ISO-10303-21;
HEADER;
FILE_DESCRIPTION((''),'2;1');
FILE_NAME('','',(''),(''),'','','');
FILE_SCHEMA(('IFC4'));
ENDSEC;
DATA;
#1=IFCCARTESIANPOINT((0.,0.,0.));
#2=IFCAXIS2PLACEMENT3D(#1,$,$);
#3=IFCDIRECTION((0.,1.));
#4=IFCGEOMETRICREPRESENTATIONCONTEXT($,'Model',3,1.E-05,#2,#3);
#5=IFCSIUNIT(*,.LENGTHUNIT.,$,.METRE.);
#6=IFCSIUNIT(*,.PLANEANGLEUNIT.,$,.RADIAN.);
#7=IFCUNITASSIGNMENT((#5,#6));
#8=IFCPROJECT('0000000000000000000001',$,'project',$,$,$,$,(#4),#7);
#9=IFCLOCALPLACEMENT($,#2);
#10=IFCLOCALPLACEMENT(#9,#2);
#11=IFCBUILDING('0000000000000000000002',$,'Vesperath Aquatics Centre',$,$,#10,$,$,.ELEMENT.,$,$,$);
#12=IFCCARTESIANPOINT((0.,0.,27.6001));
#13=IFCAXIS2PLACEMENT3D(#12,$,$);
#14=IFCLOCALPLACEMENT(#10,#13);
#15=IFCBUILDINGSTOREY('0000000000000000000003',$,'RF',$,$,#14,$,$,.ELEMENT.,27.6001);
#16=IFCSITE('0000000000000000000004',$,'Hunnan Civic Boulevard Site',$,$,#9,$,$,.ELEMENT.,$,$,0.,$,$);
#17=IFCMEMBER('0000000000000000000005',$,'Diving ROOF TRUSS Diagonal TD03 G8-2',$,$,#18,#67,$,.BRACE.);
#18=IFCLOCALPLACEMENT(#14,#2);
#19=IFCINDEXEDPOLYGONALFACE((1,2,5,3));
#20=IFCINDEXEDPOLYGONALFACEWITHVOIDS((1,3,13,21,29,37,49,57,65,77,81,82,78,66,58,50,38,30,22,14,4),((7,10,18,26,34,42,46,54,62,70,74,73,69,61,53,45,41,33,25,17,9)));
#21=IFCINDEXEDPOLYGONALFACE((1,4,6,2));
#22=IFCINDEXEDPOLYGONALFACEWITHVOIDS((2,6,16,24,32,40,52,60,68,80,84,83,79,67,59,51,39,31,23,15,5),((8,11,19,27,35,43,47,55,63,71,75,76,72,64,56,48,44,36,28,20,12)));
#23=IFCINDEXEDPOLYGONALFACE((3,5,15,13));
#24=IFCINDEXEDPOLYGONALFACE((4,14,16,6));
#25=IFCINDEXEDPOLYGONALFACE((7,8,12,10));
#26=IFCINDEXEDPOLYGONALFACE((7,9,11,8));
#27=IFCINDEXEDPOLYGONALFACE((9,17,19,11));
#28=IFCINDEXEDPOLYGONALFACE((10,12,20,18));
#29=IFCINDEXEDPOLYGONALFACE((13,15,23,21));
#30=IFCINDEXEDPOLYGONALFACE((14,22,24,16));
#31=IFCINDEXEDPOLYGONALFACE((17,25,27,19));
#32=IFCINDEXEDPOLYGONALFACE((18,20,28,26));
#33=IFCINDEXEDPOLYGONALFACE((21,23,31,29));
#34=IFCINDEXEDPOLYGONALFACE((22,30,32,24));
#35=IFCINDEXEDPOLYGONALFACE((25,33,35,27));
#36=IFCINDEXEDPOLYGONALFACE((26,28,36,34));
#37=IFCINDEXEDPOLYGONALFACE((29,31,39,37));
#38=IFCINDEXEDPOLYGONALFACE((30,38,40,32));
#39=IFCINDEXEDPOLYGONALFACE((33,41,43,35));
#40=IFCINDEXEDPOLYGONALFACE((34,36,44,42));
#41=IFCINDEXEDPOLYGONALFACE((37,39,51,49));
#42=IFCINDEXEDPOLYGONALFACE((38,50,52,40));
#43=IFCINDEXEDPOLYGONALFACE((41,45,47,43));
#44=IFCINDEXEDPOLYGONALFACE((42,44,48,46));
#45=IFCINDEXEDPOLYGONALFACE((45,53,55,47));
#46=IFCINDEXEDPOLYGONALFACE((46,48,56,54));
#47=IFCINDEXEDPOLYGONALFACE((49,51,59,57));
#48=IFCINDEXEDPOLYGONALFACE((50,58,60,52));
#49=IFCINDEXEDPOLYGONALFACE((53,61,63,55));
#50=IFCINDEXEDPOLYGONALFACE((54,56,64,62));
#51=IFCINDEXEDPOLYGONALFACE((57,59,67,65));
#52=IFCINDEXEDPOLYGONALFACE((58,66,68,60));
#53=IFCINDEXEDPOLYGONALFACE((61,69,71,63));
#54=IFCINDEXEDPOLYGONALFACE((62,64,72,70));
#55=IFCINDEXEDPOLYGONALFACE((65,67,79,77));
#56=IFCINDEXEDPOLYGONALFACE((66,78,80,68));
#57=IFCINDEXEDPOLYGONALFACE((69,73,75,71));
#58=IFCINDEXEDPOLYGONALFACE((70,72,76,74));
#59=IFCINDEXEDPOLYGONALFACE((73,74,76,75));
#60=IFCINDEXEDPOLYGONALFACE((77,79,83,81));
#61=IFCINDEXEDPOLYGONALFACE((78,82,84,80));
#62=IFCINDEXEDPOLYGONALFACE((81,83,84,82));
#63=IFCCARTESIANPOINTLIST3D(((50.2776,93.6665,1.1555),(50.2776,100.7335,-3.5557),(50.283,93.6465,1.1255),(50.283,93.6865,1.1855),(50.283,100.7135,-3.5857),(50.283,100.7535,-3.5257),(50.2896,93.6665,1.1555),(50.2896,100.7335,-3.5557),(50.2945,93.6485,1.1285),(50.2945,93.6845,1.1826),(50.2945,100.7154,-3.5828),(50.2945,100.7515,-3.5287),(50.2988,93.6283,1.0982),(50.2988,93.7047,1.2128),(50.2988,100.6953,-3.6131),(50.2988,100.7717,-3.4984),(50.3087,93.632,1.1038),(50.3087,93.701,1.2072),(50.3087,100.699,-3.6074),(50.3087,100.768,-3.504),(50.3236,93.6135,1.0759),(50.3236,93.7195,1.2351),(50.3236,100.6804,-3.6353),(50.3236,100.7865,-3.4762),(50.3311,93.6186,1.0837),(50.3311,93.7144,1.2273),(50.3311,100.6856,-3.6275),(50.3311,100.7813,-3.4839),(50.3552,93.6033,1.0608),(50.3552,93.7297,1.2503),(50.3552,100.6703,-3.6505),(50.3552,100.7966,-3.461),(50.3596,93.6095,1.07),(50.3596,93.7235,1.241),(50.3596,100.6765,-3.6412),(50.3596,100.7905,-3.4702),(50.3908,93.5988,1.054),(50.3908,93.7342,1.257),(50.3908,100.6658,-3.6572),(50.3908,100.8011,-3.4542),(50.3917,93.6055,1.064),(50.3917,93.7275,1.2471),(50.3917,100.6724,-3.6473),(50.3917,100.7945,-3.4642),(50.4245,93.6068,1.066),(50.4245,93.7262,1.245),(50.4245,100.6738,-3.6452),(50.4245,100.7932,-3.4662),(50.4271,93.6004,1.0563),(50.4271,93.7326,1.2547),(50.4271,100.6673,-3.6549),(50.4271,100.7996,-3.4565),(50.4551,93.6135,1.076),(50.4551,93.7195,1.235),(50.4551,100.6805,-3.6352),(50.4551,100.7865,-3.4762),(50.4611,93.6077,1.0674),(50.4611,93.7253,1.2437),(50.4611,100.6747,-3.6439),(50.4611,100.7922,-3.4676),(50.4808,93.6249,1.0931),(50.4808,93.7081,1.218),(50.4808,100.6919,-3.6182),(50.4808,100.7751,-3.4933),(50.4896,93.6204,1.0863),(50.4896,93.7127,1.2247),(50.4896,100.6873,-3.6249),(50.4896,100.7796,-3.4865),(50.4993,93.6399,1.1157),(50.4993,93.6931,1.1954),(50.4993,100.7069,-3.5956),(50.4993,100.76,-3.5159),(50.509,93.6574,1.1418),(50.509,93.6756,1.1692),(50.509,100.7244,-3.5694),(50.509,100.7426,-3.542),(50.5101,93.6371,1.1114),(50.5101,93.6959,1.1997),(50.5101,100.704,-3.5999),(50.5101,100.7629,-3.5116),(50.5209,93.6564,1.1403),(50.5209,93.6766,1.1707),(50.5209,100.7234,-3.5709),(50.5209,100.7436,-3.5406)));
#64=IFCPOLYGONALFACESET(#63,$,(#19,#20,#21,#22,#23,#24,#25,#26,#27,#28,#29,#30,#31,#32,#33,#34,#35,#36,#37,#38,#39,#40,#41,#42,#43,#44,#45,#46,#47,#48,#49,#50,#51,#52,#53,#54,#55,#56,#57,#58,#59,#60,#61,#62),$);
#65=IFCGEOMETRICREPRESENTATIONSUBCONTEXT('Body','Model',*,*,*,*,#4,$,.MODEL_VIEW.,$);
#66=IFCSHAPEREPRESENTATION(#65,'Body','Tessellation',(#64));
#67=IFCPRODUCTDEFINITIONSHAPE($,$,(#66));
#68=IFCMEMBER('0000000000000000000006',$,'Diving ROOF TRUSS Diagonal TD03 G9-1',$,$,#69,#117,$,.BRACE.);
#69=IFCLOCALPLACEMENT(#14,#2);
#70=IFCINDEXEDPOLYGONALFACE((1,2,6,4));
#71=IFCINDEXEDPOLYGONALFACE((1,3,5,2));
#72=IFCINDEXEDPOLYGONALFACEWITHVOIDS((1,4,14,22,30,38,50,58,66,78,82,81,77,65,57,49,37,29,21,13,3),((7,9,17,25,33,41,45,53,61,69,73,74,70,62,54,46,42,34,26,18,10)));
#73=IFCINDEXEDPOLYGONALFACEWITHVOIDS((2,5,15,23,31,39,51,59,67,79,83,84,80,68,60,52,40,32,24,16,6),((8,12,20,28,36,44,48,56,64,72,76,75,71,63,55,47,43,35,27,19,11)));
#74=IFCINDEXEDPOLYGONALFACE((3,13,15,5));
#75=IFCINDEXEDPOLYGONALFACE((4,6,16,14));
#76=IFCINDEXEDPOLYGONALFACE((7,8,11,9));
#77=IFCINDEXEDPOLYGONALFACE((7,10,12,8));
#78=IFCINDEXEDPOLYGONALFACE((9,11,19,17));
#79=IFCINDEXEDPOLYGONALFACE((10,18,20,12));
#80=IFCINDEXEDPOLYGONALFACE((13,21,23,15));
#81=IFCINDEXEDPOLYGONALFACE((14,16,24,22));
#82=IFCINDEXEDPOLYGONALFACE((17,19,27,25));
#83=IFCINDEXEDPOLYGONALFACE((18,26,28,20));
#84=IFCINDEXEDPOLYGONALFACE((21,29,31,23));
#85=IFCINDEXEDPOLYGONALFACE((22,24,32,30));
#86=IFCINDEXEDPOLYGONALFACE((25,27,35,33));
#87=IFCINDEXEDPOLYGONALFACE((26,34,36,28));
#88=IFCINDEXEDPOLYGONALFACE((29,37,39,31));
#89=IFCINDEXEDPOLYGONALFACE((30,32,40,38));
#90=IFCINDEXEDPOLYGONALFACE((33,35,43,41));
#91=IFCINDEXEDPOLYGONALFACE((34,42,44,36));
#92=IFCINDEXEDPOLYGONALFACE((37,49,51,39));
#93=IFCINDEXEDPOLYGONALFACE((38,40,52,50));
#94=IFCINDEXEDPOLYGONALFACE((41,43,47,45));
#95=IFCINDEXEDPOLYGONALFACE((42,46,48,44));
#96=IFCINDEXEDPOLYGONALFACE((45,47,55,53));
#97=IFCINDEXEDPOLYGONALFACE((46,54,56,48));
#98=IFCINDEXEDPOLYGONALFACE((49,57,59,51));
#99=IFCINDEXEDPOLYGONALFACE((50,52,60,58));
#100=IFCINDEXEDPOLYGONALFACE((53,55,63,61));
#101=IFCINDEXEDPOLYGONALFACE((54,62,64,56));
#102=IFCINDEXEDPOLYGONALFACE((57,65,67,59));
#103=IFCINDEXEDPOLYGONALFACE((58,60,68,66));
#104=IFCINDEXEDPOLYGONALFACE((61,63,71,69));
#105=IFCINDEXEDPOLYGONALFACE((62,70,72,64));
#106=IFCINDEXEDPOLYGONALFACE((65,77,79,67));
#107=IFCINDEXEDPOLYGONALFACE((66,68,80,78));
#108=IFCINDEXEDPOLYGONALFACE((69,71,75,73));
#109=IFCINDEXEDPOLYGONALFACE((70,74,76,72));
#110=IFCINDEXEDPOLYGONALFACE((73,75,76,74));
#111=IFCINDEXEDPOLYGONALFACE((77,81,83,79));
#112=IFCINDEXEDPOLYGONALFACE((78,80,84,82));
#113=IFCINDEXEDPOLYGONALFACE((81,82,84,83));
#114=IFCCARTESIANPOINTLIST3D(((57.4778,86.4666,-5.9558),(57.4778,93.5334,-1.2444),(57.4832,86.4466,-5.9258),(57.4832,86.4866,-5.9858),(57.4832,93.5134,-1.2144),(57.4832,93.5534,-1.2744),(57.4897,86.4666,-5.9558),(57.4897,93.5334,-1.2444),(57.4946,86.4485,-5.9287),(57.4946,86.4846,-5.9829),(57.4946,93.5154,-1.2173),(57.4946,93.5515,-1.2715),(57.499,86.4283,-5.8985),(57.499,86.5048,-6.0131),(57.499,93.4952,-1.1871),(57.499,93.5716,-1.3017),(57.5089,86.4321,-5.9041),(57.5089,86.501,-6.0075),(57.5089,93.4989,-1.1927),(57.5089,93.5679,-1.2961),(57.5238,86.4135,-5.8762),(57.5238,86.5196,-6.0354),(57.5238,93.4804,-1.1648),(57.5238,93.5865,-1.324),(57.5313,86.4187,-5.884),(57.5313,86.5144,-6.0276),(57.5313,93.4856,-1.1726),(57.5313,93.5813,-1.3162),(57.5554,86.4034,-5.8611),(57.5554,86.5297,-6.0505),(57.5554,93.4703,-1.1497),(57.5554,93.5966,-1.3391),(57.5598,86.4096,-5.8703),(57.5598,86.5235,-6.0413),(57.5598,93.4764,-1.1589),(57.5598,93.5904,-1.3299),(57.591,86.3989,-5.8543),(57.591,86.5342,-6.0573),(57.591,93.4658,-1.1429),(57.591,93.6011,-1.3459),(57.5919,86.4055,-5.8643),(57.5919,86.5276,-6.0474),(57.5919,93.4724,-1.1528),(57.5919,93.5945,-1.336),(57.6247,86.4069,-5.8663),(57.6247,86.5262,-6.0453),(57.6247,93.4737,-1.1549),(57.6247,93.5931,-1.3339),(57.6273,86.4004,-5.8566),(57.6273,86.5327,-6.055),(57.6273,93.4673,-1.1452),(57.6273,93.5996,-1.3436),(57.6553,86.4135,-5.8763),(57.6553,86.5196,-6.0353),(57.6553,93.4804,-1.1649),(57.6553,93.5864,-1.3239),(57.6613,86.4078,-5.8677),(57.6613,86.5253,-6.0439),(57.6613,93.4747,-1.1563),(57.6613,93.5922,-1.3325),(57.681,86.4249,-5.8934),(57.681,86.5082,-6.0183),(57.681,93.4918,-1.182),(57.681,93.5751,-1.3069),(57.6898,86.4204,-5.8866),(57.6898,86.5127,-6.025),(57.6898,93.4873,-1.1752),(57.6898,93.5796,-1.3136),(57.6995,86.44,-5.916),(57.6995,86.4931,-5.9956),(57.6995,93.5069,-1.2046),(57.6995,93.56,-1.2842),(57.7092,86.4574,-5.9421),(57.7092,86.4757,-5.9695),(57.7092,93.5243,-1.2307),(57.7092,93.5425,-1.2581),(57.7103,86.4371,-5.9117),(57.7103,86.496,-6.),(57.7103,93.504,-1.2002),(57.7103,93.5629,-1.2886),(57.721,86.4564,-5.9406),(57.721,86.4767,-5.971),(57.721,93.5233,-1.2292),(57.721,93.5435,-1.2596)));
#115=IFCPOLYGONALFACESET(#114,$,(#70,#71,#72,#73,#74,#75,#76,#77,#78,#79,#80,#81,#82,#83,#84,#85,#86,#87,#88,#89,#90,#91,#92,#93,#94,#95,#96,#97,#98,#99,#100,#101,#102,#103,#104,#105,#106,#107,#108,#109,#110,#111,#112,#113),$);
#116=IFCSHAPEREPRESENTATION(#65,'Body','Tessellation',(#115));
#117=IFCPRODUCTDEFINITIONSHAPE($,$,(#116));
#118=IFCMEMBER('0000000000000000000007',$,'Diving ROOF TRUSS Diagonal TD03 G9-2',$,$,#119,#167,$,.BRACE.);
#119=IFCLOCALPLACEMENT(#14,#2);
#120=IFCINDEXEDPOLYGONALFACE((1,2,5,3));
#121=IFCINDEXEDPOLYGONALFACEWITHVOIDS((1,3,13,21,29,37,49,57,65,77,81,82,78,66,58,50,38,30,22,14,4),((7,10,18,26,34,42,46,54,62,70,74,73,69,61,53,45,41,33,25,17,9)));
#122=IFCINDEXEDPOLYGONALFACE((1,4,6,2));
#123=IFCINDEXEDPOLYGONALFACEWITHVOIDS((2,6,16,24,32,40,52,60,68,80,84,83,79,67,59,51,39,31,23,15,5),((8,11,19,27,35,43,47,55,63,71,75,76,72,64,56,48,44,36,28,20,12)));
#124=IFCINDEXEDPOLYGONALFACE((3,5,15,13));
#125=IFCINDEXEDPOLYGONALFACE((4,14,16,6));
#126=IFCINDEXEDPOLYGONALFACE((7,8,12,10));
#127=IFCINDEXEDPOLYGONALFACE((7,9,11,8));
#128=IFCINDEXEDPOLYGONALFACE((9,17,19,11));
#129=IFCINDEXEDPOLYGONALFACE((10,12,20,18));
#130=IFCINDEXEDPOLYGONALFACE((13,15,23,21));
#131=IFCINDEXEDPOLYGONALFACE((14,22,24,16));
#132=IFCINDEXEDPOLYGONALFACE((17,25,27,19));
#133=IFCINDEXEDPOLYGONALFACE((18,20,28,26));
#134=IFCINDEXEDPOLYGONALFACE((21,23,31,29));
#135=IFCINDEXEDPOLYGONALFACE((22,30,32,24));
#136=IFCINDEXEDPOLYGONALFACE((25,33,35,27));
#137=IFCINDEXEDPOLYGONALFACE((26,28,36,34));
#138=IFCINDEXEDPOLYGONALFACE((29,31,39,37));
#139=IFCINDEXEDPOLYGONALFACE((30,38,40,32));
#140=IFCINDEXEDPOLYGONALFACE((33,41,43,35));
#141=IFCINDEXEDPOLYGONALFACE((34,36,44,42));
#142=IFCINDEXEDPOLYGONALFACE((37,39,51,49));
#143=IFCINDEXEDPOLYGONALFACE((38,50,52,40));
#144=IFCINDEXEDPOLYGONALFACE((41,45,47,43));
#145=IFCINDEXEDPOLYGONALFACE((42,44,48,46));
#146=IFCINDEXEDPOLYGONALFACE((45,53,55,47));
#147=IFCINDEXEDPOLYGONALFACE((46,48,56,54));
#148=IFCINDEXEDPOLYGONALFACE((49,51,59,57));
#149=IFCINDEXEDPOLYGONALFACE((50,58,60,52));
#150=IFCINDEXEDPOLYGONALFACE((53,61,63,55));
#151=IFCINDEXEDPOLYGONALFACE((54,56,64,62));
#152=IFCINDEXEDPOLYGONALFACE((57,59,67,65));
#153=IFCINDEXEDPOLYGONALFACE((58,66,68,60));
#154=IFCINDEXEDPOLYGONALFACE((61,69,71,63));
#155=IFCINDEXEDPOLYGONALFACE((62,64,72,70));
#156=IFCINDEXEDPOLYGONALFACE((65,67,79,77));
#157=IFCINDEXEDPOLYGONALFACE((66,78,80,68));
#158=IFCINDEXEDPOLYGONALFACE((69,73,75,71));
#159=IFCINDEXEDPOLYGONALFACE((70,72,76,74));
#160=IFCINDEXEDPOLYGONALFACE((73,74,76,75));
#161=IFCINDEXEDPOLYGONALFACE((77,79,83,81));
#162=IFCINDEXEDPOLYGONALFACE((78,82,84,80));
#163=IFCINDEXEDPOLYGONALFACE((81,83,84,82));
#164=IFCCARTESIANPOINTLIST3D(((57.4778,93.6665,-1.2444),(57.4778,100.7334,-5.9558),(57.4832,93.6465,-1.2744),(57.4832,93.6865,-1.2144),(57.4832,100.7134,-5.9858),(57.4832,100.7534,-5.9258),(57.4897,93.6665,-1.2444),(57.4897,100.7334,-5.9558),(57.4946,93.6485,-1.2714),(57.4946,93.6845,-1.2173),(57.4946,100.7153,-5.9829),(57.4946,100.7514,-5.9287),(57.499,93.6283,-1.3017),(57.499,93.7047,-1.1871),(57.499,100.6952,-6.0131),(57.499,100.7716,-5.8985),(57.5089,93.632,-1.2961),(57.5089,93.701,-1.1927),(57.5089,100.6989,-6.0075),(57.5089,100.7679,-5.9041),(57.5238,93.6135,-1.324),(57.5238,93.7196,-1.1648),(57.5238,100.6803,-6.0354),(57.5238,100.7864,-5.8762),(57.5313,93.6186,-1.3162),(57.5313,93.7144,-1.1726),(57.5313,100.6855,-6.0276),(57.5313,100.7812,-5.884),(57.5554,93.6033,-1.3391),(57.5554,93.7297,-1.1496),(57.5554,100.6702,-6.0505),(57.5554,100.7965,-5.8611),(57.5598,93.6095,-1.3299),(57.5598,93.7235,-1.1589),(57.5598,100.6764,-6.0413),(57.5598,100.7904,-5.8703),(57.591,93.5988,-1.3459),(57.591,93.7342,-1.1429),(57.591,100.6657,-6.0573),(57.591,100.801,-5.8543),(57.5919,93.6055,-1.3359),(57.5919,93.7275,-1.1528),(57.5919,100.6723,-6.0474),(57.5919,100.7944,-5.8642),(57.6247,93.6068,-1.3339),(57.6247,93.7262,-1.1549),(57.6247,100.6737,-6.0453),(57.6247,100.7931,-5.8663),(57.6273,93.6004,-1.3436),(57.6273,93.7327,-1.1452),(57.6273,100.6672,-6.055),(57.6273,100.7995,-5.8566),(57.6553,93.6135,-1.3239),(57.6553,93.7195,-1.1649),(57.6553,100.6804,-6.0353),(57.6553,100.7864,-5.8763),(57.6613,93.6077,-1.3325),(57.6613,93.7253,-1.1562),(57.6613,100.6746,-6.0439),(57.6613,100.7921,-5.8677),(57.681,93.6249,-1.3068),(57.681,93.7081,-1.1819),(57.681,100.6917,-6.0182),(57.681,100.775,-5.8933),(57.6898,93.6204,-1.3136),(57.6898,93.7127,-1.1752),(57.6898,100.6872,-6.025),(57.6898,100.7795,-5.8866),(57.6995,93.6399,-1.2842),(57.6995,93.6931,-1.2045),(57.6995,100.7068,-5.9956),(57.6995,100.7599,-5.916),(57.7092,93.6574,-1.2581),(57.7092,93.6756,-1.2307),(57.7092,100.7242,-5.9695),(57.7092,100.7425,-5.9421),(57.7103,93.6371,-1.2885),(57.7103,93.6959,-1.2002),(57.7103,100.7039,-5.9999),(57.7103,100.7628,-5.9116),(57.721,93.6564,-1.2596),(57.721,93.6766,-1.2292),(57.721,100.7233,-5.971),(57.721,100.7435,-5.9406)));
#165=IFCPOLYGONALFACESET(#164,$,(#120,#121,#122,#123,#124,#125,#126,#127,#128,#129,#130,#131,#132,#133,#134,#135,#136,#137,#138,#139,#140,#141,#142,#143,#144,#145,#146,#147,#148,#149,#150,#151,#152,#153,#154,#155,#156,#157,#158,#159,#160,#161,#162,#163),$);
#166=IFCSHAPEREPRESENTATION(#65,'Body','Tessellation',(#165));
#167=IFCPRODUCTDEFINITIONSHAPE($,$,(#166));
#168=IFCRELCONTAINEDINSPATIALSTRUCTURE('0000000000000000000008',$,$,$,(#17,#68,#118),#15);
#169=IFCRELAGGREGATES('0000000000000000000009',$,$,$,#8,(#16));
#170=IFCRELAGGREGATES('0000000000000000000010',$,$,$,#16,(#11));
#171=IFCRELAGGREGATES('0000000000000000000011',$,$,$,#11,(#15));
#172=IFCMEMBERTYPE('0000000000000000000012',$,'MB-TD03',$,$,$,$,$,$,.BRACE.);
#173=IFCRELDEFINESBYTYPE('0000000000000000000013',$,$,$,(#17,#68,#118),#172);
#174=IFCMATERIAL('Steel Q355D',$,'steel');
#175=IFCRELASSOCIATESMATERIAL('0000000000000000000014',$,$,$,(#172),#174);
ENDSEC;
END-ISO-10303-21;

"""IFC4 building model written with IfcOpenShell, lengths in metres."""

from ifc_helpers import new_model, si_unit, direction, frame, origin, origin_2d, place, context, subcontext, project, spatial, hollow_circle, extrude, material, material_profile, profile_set, type_object, element, save


model = new_model("IFC4")

# Units and contexts
model_context = context("Model", 3, precision=1e-05, world=origin(), true_north=direction((0.0, 1.0)))
body_context = subcontext(model_context, "Body", "Model", "MODEL_VIEW")
ifc_project = project(units=[si_unit("LENGTHUNIT", "METRE"), si_unit("PLANEANGLEUNIT", "RADIAN")], contexts=[model_context])

# Site, building, storey
site_placement = place(None, origin())
site = spatial("IfcSite", under=ifc_project, at=site_placement, Name="Hunnan Civic Boulevard Site", CompositionType="ELEMENT", RefElevation=0.0)
building_placement = place(site_placement, origin())
building = spatial("IfcBuilding", under=site, at=building_placement, Name="Vesperath Aquatics Centre", CompositionType="ELEMENT")
storey_placement = place(building_placement, frame((0.0, 0.0, 27.6001)))
storey = spatial("IfcBuildingStorey", under=building, at=storey_placement, Name="RF", CompositionType="ELEMENT", Elevation=27.6001)

# Members
ifc_material_1 = material(Name="Steel Q355D", Category="steel")
ifc_material_profile_1 = material_profile(ifc_material_1, hollow_circle(Radius=0.1223, WallThickness=0.012, at=origin_2d()), Name="CHS 244.5x12")
ifc_profile_set_1 = profile_set([ifc_material_profile_1], Name="Steel Q355D")
member_type_1 = type_object("IfcMemberType", Name="MB-TD03", PredefinedType="BRACE", material=ifc_profile_set_1)
for number, where, z_axis, x_axis, name in (
    (1, (50.3999, 93.6665, 1.1555), (0.0, 0.832055, -0.554694), (-1.0, 0.0, 0.0), "Diving ROOF TRUSS Diagonal TD03 G8-2"),
    (2, (57.6001, 86.4666, -5.9558), (0.0, 0.832041, 0.554713), (-1.0, 0.0, 0.0), "Diving ROOF TRUSS Diagonal TD03 G9-1"),
    (3, (57.6001, 93.6665, -1.2444), (0.0, 0.832041, -0.554713), (-1.0, 0.0, 0.0), "Diving ROOF TRUSS Diagonal TD03 G9-2"),
):
    element("IfcMember", number, at=place(storey_placement, frame(where, z_axis=z_axis, x_axis=x_axis)), inside=storey, type_object=member_type_1, Name=name, PredefinedType="BRACE", context=body_context, shape_type="SweptSolid", body=[
        extrude(hollow_circle(Radius=0.1223, WallThickness=0.012, at=origin_2d()), origin(), (0.0, 0.0, 1.0), 8.4934),
    ])

save(model, "model.ifc")
